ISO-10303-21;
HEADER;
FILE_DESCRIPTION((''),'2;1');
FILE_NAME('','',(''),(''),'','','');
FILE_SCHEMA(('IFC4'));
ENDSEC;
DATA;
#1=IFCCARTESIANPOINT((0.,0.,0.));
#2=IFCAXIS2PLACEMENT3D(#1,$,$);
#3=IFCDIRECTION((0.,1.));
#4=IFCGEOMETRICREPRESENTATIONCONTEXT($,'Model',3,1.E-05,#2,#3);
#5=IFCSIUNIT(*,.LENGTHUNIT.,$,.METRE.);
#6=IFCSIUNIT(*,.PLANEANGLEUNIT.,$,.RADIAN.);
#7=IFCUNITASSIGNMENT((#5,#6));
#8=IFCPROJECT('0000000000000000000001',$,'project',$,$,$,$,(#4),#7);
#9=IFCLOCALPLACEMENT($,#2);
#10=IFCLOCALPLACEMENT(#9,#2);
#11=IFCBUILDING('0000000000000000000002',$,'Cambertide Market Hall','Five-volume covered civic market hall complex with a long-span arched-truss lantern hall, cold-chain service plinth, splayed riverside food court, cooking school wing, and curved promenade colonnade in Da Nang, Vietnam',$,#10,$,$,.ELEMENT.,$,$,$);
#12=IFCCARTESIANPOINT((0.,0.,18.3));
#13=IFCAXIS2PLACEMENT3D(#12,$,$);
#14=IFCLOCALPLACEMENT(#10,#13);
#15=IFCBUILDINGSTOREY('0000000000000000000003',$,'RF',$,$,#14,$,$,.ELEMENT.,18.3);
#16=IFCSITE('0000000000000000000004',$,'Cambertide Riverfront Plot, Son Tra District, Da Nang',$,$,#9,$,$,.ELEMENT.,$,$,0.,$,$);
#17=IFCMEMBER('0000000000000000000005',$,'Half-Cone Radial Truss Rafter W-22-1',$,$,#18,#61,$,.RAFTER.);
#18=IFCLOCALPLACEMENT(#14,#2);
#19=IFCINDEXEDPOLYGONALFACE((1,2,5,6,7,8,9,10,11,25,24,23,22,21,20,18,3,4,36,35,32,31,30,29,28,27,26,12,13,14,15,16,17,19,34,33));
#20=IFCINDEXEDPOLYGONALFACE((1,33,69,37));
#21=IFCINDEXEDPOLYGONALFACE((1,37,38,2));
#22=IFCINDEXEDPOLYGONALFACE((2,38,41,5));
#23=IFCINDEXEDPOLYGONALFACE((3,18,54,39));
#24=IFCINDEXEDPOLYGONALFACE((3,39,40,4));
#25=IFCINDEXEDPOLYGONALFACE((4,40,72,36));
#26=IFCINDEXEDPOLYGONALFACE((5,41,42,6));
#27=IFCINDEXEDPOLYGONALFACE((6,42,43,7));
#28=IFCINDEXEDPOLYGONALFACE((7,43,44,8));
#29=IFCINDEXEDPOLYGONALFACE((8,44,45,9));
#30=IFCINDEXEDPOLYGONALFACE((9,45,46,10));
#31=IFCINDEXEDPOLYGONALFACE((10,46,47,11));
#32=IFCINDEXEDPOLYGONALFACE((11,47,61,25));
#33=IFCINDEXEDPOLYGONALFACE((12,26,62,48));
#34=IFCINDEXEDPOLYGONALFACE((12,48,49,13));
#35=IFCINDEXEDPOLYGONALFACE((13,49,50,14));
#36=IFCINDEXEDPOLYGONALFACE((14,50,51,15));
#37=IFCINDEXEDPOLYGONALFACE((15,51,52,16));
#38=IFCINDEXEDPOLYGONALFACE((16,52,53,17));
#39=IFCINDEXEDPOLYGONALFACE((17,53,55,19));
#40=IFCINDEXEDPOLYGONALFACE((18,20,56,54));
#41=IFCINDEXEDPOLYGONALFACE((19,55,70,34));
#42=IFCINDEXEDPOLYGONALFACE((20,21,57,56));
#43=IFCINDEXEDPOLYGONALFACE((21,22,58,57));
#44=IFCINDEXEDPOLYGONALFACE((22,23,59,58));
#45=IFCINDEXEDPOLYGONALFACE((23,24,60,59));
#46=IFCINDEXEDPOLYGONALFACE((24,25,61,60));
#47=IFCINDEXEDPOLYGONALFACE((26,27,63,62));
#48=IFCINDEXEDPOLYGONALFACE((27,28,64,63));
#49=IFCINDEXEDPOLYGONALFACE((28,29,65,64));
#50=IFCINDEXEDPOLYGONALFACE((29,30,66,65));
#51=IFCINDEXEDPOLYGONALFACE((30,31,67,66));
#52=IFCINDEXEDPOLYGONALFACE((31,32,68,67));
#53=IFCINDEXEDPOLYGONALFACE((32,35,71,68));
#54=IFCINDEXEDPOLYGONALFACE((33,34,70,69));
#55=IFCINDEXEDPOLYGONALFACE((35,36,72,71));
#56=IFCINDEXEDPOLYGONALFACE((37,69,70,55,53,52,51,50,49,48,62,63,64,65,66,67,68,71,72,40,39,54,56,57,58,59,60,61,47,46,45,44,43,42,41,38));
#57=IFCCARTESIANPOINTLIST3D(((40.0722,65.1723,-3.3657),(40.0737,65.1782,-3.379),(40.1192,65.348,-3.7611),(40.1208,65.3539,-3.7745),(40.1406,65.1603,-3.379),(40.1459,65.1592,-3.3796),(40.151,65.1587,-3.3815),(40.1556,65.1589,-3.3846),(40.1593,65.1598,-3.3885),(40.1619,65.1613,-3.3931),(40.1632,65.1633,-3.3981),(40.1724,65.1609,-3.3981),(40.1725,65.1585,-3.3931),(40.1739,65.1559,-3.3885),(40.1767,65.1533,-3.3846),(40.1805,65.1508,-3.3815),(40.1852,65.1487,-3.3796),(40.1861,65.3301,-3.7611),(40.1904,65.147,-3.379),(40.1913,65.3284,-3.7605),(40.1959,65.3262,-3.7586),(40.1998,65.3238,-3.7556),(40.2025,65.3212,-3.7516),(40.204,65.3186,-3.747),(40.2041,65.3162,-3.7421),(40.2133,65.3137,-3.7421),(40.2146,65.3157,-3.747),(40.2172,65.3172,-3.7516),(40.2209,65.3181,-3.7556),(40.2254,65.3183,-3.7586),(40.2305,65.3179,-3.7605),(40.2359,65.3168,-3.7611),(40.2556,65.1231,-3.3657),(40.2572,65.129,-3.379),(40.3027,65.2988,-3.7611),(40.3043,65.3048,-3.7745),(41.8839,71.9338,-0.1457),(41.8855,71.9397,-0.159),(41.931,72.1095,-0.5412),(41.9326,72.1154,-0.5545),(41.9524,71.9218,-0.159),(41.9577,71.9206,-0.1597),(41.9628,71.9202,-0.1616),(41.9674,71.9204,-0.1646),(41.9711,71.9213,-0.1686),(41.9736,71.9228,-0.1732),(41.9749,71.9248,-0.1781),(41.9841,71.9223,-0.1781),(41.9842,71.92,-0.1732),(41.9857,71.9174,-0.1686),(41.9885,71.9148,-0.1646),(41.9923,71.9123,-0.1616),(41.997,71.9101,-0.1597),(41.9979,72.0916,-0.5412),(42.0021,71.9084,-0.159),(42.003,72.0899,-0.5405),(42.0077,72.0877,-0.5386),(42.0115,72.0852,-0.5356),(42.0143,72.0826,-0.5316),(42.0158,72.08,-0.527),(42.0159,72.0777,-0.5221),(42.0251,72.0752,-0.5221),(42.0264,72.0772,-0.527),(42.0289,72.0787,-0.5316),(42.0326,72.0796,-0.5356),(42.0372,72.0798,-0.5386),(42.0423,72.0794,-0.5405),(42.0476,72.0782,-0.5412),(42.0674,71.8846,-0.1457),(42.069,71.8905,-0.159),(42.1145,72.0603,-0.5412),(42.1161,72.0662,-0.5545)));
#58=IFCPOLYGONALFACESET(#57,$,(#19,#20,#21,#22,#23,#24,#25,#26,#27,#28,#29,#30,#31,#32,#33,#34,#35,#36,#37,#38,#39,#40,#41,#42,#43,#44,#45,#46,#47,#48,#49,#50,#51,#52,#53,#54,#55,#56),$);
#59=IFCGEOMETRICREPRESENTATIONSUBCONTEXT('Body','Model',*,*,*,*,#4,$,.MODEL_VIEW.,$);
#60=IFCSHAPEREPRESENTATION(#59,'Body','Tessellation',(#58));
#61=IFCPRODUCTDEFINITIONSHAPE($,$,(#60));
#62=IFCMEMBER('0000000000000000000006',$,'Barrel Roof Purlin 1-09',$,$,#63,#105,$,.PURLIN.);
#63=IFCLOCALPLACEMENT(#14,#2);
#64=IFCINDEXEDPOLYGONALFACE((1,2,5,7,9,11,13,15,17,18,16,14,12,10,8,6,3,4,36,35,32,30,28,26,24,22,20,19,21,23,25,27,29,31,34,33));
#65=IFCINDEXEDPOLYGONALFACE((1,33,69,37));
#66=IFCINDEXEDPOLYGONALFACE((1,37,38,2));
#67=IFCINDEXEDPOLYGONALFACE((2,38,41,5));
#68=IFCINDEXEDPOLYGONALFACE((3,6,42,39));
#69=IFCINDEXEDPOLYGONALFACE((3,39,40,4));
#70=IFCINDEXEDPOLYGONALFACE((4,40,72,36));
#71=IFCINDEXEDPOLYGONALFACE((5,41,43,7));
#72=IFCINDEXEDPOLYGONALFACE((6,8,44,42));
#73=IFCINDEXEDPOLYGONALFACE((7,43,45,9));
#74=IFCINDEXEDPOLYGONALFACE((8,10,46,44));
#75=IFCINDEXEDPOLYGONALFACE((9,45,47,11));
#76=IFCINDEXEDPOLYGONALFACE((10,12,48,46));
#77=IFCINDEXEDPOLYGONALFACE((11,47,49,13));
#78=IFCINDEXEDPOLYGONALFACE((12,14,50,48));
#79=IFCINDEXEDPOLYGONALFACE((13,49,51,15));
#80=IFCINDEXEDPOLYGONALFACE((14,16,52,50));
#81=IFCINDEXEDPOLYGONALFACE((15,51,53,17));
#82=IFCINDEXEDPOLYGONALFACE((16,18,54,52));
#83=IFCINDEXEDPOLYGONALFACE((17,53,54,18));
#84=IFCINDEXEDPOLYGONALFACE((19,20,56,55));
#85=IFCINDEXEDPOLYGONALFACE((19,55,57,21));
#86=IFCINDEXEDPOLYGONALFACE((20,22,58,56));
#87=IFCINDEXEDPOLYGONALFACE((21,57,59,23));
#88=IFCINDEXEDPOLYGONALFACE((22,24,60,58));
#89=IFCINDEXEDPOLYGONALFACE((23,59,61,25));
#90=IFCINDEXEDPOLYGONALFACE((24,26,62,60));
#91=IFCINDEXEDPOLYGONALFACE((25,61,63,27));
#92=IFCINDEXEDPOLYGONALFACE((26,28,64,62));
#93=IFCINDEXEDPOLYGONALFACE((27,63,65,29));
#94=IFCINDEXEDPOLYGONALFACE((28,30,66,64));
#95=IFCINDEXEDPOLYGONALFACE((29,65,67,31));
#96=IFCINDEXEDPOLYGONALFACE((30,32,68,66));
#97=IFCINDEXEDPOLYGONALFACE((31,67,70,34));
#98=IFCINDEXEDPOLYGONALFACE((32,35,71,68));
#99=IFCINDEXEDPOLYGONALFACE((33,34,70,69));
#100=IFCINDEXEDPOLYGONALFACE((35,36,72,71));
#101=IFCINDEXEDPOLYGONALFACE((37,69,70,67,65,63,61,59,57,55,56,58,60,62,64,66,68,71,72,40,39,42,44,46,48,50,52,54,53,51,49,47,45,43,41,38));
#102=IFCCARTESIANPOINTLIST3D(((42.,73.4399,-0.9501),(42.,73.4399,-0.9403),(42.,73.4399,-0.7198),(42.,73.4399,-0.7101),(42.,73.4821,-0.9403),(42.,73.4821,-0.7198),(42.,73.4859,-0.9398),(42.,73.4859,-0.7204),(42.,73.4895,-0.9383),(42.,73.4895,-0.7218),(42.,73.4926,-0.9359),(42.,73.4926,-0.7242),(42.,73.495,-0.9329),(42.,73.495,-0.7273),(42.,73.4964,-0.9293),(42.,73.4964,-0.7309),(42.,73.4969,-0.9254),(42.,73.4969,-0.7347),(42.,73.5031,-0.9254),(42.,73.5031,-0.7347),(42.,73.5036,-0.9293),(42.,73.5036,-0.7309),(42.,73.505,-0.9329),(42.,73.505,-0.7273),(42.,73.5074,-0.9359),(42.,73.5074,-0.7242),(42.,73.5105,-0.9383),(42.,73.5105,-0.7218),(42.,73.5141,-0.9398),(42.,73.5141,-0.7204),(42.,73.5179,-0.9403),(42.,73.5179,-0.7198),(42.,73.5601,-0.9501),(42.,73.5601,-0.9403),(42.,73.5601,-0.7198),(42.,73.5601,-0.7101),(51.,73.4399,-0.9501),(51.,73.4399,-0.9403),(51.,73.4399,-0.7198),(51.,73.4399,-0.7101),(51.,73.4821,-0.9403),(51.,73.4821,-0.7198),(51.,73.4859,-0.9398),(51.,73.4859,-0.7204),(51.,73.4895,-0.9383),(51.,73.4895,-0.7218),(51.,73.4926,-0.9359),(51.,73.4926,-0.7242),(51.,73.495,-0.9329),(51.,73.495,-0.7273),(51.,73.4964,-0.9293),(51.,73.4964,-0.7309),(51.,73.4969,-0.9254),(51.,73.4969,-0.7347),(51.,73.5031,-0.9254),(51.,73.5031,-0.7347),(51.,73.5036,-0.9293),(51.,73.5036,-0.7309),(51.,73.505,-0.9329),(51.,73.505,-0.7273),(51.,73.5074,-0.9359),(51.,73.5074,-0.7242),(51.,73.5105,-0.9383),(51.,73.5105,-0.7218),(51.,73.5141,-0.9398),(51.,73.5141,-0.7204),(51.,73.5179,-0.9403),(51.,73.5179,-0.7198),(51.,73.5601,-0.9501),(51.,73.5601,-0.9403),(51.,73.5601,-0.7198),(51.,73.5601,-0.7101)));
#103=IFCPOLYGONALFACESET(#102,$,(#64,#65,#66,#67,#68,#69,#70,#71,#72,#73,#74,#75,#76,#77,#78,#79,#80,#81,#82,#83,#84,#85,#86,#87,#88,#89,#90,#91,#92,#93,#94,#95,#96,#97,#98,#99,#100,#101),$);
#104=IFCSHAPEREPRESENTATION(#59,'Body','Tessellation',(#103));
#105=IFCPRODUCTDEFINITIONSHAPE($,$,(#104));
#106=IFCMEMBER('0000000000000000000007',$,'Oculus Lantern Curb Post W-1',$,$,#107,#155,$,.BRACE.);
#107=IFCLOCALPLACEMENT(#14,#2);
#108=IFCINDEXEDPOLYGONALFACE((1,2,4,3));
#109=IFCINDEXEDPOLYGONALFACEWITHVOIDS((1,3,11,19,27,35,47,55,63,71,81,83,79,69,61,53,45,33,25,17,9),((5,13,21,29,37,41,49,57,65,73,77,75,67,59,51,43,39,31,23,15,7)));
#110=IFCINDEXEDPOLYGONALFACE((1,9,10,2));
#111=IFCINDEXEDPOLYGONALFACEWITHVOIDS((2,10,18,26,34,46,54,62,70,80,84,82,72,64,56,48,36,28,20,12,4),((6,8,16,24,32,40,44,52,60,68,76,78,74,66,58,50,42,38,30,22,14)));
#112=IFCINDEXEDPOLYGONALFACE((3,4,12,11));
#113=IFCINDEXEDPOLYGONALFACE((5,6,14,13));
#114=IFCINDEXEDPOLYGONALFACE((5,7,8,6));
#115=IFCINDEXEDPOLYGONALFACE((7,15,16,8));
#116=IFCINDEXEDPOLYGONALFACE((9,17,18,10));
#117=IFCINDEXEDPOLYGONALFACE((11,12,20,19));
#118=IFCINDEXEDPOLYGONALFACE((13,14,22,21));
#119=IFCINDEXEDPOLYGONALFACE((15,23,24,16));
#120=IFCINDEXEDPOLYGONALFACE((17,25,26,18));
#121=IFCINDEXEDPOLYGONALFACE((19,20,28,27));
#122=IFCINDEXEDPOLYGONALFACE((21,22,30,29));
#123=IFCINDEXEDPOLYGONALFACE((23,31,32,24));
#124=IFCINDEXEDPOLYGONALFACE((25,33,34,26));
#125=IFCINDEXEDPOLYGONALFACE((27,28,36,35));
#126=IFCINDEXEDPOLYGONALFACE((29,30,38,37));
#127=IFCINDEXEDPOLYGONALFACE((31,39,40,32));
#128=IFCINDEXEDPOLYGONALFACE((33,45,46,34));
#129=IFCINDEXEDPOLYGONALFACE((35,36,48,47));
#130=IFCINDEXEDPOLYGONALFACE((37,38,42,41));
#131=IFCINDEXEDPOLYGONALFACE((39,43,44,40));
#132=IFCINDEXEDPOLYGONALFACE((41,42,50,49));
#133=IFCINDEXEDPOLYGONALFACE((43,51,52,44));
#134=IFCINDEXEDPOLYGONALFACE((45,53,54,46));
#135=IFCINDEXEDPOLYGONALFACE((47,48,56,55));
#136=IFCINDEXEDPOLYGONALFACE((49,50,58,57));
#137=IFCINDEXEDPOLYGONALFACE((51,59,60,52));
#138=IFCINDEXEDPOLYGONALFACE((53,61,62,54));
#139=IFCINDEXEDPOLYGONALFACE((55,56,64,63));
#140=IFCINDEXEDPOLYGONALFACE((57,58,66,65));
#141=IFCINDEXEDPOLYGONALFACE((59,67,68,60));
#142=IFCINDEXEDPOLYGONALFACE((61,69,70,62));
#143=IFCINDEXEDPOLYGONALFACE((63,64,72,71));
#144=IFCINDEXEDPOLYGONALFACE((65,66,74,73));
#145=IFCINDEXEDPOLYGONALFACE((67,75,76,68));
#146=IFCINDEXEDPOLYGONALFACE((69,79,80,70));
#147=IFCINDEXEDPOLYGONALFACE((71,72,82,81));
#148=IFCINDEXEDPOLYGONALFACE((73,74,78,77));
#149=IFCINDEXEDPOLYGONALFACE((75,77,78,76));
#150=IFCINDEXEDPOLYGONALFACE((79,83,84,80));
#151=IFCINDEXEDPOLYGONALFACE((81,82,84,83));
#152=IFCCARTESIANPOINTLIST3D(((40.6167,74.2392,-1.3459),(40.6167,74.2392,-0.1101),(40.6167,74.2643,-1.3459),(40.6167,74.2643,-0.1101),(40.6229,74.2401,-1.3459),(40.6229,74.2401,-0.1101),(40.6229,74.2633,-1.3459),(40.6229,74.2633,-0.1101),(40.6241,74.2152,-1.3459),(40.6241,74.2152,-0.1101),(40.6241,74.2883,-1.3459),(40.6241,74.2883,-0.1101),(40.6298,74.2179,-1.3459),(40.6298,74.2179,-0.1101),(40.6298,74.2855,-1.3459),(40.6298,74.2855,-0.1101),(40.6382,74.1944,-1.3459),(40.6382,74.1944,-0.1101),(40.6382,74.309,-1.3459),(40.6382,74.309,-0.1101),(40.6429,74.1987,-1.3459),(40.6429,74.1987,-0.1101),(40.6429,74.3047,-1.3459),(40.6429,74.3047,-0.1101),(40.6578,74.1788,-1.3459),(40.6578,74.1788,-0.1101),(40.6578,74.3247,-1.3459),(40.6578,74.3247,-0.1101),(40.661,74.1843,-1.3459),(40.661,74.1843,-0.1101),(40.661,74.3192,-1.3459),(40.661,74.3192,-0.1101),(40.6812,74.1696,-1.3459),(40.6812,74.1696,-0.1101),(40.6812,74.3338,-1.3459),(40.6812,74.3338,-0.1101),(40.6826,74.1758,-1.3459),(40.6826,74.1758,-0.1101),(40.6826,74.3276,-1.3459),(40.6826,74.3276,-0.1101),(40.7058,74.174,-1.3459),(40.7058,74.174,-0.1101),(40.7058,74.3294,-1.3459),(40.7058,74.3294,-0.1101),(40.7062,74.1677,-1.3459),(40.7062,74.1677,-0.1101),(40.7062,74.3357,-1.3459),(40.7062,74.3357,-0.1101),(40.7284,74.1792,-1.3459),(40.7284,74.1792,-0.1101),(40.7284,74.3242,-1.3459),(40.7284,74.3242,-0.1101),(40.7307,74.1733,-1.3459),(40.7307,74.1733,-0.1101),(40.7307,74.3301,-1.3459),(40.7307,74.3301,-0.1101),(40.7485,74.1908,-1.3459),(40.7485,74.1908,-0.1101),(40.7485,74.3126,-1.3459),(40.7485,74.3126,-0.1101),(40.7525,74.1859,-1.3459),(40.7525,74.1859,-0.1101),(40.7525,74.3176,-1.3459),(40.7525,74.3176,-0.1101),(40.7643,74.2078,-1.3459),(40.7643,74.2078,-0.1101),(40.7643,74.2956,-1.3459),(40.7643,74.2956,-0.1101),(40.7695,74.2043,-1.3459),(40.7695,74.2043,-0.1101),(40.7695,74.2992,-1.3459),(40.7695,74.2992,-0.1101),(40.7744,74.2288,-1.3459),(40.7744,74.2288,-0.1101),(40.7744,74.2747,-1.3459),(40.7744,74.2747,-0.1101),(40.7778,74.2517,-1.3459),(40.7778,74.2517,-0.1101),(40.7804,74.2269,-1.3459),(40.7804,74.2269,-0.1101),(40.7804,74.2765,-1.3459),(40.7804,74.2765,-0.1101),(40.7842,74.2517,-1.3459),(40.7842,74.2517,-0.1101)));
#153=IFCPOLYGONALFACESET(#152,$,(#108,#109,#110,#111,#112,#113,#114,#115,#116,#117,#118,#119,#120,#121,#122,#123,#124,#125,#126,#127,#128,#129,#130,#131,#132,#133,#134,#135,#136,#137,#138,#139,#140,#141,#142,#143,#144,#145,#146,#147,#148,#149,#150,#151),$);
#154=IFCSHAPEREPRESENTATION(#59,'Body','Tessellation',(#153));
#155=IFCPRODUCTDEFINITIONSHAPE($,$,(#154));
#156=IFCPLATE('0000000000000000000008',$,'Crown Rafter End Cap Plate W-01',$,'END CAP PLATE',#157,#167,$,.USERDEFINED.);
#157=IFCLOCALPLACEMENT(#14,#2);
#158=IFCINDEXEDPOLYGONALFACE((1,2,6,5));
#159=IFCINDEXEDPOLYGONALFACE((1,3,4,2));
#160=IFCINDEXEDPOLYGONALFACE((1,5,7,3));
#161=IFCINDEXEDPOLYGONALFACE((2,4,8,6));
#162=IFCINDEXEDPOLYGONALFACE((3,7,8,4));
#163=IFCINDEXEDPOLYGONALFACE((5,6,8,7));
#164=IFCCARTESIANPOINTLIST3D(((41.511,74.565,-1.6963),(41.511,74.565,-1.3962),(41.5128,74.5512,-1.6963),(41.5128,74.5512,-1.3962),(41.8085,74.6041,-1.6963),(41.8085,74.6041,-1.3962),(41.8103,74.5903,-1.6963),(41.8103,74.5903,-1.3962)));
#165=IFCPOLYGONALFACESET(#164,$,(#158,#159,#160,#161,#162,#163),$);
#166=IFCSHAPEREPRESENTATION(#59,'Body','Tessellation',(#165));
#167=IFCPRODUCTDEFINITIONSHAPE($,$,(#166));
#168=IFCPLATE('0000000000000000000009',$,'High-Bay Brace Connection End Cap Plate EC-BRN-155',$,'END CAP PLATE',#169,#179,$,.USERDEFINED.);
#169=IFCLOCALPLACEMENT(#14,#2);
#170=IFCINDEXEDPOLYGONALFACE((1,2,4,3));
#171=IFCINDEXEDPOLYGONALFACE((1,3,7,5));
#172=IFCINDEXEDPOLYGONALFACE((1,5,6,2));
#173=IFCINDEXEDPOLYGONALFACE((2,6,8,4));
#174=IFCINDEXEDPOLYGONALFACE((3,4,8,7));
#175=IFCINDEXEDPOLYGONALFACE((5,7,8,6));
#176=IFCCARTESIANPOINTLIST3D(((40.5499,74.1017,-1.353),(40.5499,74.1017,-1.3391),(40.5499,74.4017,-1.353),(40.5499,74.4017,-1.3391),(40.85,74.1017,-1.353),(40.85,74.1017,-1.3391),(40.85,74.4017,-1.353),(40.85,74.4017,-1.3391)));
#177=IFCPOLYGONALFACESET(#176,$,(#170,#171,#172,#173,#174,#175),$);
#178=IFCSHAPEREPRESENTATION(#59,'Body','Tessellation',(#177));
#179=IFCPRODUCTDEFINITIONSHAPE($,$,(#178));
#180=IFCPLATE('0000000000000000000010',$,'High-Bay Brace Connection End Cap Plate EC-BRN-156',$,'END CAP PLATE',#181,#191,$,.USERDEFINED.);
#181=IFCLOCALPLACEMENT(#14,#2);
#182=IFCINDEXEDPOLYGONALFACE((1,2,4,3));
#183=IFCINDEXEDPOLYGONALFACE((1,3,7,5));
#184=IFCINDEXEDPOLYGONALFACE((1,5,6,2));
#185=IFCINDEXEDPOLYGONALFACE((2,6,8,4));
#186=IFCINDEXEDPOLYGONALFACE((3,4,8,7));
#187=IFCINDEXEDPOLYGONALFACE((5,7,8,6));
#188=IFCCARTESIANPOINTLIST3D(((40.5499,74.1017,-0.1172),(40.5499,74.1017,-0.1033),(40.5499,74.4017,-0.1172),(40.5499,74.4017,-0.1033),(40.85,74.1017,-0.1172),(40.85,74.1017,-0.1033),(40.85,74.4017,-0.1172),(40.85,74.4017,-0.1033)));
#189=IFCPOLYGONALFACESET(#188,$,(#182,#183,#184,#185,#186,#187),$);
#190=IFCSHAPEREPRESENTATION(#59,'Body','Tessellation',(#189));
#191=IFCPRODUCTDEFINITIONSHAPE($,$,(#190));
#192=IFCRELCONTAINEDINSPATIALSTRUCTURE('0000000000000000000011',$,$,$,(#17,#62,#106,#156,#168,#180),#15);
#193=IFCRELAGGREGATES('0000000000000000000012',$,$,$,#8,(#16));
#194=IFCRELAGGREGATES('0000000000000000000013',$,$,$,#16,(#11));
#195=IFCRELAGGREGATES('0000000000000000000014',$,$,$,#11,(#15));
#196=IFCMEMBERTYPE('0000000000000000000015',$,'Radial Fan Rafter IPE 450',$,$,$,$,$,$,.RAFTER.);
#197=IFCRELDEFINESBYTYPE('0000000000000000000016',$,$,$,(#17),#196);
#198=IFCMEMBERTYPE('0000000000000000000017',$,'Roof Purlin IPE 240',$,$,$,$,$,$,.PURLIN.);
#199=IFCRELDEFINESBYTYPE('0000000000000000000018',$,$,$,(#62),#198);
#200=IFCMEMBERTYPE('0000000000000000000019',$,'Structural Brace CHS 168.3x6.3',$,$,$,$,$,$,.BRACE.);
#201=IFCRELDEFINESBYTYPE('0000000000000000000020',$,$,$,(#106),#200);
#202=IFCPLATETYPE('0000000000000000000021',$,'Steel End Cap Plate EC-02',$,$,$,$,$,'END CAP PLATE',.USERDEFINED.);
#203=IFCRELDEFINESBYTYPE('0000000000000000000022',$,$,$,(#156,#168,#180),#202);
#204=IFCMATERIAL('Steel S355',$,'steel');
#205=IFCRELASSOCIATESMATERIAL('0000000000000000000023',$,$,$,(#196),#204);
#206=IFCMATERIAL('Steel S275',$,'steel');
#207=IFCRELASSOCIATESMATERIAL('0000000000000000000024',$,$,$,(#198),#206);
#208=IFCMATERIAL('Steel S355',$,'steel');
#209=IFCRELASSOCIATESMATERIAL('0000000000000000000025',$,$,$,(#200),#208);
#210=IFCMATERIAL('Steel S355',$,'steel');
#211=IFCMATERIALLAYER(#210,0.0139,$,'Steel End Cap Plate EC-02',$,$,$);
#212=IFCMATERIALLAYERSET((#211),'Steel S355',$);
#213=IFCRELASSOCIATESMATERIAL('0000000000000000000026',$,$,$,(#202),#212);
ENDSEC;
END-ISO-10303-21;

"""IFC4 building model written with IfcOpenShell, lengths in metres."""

from ifc_helpers import new_model, si_unit, direction, frame, origin, origin_2d, place, context, subcontext, project, spatial, rectangle, hollow_circle, i_section, extrude, material, layer, layer_set, material_profile, profile_set, type_object, element, save


model = new_model("IFC4")

# Units and contexts
model_context = context("Model", 3, precision=1e-05, world=origin(), true_north=direction((0.0, 1.0)))
body_context = subcontext(model_context, "Body", "Model", "MODEL_VIEW")
ifc_project = project(units=[si_unit("LENGTHUNIT", "METRE"), si_unit("PLANEANGLEUNIT", "RADIAN")], contexts=[model_context])

# Site, building, storey
site_placement = place(None, origin())
site = spatial("IfcSite", under=ifc_project, at=site_placement, Name="Cambertide Riverfront Plot, Son Tra District, Da Nang", CompositionType="ELEMENT", RefElevation=0.0)
building_placement = place(site_placement, origin())
building = spatial("IfcBuilding", under=site, at=building_placement, Name="Cambertide Market Hall", Description="Five-volume covered civic market hall complex with a long-span arched-truss lantern hall, cold-chain service plinth, splayed riverside food court, cooking school wing, and curved promenade colonnade in Da Nang, Vietnam", CompositionType="ELEMENT")
storey_placement = place(building_placement, frame((0.0, 0.0, 18.3)))
storey = spatial("IfcBuildingStorey", under=building, at=storey_placement, Name="RF", CompositionType="ELEMENT", Elevation=18.3)

# Members
ifc_material_1 = material(Name="Steel S355", Category="steel")
ifc_material_profile_1 = material_profile(ifc_material_1, i_section(OverallWidth=0.1899, OverallDepth=0.45, WebThickness=0.0095, FlangeThickness=0.0146, FilletRadius=0.021, at=origin_2d()), Name="IPE 450")
ifc_profile_set_1 = profile_set([ifc_material_profile_1], Name="Steel S355")
member_type_1 = type_object("IfcMemberType", Name="Radial Fan Rafter IPE 450", PredefinedType="RAFTER", material=ifc_profile_set_1)
for number, where, z_axis, x_axis, name in (
    (1, (42.0, 72.0, -0.3501), (-0.235139, -0.877535, -0.417902), (0.965925, -0.258824, 0.0), "Half-Cone Radial Truss Rafter W-22-1"),
):
    element("IfcMember", number, at=place(storey_placement, frame(where, z_axis=z_axis, x_axis=x_axis)), inside=storey, type_object=member_type_1, Name=name, PredefinedType="RAFTER", context=body_context, shape_type="SweptSolid", body=[
        extrude(i_section(OverallWidth=0.1899, OverallDepth=0.45, WebThickness=0.0095, FlangeThickness=0.0146, FilletRadius=0.021, at=origin_2d()), origin(), (0.0, 0.0, 1.0), 7.7051),
    ])
ifc_material_2 = material(Name="Steel S275", Category="steel")
ifc_material_profile_2 = material_profile(ifc_material_2, i_section(OverallWidth=0.1201, OverallDepth=0.24, WebThickness=0.0061, FlangeThickness=0.0098, FilletRadius=0.0149, at=origin_2d()), Name="IPE 240")
ifc_profile_set_2 = profile_set([ifc_material_profile_2], Name="Steel S275")
member_type_2 = type_object("IfcMemberType", Name="Roof Purlin IPE 240", PredefinedType="PURLIN", material=ifc_profile_set_2)
member_1_placement = place(storey_placement, frame((42.0, 73.5, -0.8301), z_axis=(1.0, 0.0, 0.0), x_axis=(0.0, 1.0, 0.0)))
element("IfcMember", 2, at=member_1_placement, inside=storey, type_object=member_type_2, Name="Barrel Roof Purlin 1-09", PredefinedType="PURLIN", context=body_context, shape_type="SweptSolid", body=[
    extrude(i_section(OverallWidth=0.1201, OverallDepth=0.24, WebThickness=0.0061, FlangeThickness=0.0098, FilletRadius=0.0149, at=origin_2d()), origin(), (0.0, 0.0, 1.0), 9.0),
])
ifc_material_3 = material(Name="Steel S355", Category="steel")
ifc_material_profile_3 = material_profile(ifc_material_3, hollow_circle(Radius=0.0842, WallThickness=0.0063, at=origin_2d()), Name="CHS 168.3x6.3")
ifc_profile_set_3 = profile_set([ifc_material_profile_3], Name="Steel S355")
member_type_3 = type_object("IfcMemberType", Name="Structural Brace CHS 168.3x6.3", PredefinedType="BRACE", material=ifc_profile_set_3)
member_2_placement = place(storey_placement, frame((40.7, 74.2517, -1.3459), z_axis=(0.0, 0.0, 1.0), x_axis=(1.0, 0.0, 0.0)))
element("IfcMember", 3, at=member_2_placement, inside=storey, type_object=member_type_3, Name="Oculus Lantern Curb Post W-1", PredefinedType="BRACE", context=body_context, shape_type="SweptSolid", body=[
    extrude(hollow_circle(Radius=0.0842, WallThickness=0.0063, at=origin_2d()), origin(), (0.0, 0.0, 1.0), 1.2358),
])

# Plates
ifc_material_4 = material(Name="Steel S355", Category="steel")
ifc_layer_1 = layer(ifc_material_4, 0.0139, Name="Steel End Cap Plate EC-02")
ifc_layer_set_1 = layer_set([ifc_layer_1], Name="Steel S355")
plate_type_1 = type_object("IfcPlateType", Name="Steel End Cap Plate EC-02", ElementType="END CAP PLATE", PredefinedType="USERDEFINED", material=ifc_layer_set_1)
plate_placement = place(storey_placement, frame((41.6606, 74.5776, -1.6963), z_axis=(0.0, 0.0, 1.0), x_axis=(-0.130526, 0.991445, 0.0)))
element("IfcPlate", 4, at=plate_placement, inside=storey, type_object=plate_type_1, Name="Crown Rafter End Cap Plate W-01", ObjectType="END CAP PLATE", PredefinedType="USERDEFINED", context=body_context, shape_type="SweptSolid", body=[
    extrude(rectangle(XDim=0.0139, YDim=0.3, at=origin_2d()), origin(), (0.0, 0.0, 1.0), 0.3),
])
for number, where, z_axis, x_axis, name in (
    (5, (40.7, 74.2517, -1.353), (0.0, 0.0, 1.0), (1.0, 0.0, 0.0), "High-Bay Brace Connection End Cap Plate EC-BRN-155"),
    (6, (40.7, 74.2517, -0.1172), (0.0, 0.0, 1.0), (1.0, 0.0, 0.0), "High-Bay Brace Connection End Cap Plate EC-BRN-156"),
):
    element("IfcPlate", number, at=place(storey_placement, frame(where, z_axis=z_axis, x_axis=x_axis)), inside=storey, type_object=plate_type_1, Name=name, ObjectType="END CAP PLATE", PredefinedType="USERDEFINED", context=body_context, shape_type="SweptSolid", body=[
        extrude(rectangle(XDim=0.3, YDim=0.3, at=origin_2d()), origin(), (0.0, 0.0, 1.0), 0.0139),
    ])

save(model, "model.ifc")
